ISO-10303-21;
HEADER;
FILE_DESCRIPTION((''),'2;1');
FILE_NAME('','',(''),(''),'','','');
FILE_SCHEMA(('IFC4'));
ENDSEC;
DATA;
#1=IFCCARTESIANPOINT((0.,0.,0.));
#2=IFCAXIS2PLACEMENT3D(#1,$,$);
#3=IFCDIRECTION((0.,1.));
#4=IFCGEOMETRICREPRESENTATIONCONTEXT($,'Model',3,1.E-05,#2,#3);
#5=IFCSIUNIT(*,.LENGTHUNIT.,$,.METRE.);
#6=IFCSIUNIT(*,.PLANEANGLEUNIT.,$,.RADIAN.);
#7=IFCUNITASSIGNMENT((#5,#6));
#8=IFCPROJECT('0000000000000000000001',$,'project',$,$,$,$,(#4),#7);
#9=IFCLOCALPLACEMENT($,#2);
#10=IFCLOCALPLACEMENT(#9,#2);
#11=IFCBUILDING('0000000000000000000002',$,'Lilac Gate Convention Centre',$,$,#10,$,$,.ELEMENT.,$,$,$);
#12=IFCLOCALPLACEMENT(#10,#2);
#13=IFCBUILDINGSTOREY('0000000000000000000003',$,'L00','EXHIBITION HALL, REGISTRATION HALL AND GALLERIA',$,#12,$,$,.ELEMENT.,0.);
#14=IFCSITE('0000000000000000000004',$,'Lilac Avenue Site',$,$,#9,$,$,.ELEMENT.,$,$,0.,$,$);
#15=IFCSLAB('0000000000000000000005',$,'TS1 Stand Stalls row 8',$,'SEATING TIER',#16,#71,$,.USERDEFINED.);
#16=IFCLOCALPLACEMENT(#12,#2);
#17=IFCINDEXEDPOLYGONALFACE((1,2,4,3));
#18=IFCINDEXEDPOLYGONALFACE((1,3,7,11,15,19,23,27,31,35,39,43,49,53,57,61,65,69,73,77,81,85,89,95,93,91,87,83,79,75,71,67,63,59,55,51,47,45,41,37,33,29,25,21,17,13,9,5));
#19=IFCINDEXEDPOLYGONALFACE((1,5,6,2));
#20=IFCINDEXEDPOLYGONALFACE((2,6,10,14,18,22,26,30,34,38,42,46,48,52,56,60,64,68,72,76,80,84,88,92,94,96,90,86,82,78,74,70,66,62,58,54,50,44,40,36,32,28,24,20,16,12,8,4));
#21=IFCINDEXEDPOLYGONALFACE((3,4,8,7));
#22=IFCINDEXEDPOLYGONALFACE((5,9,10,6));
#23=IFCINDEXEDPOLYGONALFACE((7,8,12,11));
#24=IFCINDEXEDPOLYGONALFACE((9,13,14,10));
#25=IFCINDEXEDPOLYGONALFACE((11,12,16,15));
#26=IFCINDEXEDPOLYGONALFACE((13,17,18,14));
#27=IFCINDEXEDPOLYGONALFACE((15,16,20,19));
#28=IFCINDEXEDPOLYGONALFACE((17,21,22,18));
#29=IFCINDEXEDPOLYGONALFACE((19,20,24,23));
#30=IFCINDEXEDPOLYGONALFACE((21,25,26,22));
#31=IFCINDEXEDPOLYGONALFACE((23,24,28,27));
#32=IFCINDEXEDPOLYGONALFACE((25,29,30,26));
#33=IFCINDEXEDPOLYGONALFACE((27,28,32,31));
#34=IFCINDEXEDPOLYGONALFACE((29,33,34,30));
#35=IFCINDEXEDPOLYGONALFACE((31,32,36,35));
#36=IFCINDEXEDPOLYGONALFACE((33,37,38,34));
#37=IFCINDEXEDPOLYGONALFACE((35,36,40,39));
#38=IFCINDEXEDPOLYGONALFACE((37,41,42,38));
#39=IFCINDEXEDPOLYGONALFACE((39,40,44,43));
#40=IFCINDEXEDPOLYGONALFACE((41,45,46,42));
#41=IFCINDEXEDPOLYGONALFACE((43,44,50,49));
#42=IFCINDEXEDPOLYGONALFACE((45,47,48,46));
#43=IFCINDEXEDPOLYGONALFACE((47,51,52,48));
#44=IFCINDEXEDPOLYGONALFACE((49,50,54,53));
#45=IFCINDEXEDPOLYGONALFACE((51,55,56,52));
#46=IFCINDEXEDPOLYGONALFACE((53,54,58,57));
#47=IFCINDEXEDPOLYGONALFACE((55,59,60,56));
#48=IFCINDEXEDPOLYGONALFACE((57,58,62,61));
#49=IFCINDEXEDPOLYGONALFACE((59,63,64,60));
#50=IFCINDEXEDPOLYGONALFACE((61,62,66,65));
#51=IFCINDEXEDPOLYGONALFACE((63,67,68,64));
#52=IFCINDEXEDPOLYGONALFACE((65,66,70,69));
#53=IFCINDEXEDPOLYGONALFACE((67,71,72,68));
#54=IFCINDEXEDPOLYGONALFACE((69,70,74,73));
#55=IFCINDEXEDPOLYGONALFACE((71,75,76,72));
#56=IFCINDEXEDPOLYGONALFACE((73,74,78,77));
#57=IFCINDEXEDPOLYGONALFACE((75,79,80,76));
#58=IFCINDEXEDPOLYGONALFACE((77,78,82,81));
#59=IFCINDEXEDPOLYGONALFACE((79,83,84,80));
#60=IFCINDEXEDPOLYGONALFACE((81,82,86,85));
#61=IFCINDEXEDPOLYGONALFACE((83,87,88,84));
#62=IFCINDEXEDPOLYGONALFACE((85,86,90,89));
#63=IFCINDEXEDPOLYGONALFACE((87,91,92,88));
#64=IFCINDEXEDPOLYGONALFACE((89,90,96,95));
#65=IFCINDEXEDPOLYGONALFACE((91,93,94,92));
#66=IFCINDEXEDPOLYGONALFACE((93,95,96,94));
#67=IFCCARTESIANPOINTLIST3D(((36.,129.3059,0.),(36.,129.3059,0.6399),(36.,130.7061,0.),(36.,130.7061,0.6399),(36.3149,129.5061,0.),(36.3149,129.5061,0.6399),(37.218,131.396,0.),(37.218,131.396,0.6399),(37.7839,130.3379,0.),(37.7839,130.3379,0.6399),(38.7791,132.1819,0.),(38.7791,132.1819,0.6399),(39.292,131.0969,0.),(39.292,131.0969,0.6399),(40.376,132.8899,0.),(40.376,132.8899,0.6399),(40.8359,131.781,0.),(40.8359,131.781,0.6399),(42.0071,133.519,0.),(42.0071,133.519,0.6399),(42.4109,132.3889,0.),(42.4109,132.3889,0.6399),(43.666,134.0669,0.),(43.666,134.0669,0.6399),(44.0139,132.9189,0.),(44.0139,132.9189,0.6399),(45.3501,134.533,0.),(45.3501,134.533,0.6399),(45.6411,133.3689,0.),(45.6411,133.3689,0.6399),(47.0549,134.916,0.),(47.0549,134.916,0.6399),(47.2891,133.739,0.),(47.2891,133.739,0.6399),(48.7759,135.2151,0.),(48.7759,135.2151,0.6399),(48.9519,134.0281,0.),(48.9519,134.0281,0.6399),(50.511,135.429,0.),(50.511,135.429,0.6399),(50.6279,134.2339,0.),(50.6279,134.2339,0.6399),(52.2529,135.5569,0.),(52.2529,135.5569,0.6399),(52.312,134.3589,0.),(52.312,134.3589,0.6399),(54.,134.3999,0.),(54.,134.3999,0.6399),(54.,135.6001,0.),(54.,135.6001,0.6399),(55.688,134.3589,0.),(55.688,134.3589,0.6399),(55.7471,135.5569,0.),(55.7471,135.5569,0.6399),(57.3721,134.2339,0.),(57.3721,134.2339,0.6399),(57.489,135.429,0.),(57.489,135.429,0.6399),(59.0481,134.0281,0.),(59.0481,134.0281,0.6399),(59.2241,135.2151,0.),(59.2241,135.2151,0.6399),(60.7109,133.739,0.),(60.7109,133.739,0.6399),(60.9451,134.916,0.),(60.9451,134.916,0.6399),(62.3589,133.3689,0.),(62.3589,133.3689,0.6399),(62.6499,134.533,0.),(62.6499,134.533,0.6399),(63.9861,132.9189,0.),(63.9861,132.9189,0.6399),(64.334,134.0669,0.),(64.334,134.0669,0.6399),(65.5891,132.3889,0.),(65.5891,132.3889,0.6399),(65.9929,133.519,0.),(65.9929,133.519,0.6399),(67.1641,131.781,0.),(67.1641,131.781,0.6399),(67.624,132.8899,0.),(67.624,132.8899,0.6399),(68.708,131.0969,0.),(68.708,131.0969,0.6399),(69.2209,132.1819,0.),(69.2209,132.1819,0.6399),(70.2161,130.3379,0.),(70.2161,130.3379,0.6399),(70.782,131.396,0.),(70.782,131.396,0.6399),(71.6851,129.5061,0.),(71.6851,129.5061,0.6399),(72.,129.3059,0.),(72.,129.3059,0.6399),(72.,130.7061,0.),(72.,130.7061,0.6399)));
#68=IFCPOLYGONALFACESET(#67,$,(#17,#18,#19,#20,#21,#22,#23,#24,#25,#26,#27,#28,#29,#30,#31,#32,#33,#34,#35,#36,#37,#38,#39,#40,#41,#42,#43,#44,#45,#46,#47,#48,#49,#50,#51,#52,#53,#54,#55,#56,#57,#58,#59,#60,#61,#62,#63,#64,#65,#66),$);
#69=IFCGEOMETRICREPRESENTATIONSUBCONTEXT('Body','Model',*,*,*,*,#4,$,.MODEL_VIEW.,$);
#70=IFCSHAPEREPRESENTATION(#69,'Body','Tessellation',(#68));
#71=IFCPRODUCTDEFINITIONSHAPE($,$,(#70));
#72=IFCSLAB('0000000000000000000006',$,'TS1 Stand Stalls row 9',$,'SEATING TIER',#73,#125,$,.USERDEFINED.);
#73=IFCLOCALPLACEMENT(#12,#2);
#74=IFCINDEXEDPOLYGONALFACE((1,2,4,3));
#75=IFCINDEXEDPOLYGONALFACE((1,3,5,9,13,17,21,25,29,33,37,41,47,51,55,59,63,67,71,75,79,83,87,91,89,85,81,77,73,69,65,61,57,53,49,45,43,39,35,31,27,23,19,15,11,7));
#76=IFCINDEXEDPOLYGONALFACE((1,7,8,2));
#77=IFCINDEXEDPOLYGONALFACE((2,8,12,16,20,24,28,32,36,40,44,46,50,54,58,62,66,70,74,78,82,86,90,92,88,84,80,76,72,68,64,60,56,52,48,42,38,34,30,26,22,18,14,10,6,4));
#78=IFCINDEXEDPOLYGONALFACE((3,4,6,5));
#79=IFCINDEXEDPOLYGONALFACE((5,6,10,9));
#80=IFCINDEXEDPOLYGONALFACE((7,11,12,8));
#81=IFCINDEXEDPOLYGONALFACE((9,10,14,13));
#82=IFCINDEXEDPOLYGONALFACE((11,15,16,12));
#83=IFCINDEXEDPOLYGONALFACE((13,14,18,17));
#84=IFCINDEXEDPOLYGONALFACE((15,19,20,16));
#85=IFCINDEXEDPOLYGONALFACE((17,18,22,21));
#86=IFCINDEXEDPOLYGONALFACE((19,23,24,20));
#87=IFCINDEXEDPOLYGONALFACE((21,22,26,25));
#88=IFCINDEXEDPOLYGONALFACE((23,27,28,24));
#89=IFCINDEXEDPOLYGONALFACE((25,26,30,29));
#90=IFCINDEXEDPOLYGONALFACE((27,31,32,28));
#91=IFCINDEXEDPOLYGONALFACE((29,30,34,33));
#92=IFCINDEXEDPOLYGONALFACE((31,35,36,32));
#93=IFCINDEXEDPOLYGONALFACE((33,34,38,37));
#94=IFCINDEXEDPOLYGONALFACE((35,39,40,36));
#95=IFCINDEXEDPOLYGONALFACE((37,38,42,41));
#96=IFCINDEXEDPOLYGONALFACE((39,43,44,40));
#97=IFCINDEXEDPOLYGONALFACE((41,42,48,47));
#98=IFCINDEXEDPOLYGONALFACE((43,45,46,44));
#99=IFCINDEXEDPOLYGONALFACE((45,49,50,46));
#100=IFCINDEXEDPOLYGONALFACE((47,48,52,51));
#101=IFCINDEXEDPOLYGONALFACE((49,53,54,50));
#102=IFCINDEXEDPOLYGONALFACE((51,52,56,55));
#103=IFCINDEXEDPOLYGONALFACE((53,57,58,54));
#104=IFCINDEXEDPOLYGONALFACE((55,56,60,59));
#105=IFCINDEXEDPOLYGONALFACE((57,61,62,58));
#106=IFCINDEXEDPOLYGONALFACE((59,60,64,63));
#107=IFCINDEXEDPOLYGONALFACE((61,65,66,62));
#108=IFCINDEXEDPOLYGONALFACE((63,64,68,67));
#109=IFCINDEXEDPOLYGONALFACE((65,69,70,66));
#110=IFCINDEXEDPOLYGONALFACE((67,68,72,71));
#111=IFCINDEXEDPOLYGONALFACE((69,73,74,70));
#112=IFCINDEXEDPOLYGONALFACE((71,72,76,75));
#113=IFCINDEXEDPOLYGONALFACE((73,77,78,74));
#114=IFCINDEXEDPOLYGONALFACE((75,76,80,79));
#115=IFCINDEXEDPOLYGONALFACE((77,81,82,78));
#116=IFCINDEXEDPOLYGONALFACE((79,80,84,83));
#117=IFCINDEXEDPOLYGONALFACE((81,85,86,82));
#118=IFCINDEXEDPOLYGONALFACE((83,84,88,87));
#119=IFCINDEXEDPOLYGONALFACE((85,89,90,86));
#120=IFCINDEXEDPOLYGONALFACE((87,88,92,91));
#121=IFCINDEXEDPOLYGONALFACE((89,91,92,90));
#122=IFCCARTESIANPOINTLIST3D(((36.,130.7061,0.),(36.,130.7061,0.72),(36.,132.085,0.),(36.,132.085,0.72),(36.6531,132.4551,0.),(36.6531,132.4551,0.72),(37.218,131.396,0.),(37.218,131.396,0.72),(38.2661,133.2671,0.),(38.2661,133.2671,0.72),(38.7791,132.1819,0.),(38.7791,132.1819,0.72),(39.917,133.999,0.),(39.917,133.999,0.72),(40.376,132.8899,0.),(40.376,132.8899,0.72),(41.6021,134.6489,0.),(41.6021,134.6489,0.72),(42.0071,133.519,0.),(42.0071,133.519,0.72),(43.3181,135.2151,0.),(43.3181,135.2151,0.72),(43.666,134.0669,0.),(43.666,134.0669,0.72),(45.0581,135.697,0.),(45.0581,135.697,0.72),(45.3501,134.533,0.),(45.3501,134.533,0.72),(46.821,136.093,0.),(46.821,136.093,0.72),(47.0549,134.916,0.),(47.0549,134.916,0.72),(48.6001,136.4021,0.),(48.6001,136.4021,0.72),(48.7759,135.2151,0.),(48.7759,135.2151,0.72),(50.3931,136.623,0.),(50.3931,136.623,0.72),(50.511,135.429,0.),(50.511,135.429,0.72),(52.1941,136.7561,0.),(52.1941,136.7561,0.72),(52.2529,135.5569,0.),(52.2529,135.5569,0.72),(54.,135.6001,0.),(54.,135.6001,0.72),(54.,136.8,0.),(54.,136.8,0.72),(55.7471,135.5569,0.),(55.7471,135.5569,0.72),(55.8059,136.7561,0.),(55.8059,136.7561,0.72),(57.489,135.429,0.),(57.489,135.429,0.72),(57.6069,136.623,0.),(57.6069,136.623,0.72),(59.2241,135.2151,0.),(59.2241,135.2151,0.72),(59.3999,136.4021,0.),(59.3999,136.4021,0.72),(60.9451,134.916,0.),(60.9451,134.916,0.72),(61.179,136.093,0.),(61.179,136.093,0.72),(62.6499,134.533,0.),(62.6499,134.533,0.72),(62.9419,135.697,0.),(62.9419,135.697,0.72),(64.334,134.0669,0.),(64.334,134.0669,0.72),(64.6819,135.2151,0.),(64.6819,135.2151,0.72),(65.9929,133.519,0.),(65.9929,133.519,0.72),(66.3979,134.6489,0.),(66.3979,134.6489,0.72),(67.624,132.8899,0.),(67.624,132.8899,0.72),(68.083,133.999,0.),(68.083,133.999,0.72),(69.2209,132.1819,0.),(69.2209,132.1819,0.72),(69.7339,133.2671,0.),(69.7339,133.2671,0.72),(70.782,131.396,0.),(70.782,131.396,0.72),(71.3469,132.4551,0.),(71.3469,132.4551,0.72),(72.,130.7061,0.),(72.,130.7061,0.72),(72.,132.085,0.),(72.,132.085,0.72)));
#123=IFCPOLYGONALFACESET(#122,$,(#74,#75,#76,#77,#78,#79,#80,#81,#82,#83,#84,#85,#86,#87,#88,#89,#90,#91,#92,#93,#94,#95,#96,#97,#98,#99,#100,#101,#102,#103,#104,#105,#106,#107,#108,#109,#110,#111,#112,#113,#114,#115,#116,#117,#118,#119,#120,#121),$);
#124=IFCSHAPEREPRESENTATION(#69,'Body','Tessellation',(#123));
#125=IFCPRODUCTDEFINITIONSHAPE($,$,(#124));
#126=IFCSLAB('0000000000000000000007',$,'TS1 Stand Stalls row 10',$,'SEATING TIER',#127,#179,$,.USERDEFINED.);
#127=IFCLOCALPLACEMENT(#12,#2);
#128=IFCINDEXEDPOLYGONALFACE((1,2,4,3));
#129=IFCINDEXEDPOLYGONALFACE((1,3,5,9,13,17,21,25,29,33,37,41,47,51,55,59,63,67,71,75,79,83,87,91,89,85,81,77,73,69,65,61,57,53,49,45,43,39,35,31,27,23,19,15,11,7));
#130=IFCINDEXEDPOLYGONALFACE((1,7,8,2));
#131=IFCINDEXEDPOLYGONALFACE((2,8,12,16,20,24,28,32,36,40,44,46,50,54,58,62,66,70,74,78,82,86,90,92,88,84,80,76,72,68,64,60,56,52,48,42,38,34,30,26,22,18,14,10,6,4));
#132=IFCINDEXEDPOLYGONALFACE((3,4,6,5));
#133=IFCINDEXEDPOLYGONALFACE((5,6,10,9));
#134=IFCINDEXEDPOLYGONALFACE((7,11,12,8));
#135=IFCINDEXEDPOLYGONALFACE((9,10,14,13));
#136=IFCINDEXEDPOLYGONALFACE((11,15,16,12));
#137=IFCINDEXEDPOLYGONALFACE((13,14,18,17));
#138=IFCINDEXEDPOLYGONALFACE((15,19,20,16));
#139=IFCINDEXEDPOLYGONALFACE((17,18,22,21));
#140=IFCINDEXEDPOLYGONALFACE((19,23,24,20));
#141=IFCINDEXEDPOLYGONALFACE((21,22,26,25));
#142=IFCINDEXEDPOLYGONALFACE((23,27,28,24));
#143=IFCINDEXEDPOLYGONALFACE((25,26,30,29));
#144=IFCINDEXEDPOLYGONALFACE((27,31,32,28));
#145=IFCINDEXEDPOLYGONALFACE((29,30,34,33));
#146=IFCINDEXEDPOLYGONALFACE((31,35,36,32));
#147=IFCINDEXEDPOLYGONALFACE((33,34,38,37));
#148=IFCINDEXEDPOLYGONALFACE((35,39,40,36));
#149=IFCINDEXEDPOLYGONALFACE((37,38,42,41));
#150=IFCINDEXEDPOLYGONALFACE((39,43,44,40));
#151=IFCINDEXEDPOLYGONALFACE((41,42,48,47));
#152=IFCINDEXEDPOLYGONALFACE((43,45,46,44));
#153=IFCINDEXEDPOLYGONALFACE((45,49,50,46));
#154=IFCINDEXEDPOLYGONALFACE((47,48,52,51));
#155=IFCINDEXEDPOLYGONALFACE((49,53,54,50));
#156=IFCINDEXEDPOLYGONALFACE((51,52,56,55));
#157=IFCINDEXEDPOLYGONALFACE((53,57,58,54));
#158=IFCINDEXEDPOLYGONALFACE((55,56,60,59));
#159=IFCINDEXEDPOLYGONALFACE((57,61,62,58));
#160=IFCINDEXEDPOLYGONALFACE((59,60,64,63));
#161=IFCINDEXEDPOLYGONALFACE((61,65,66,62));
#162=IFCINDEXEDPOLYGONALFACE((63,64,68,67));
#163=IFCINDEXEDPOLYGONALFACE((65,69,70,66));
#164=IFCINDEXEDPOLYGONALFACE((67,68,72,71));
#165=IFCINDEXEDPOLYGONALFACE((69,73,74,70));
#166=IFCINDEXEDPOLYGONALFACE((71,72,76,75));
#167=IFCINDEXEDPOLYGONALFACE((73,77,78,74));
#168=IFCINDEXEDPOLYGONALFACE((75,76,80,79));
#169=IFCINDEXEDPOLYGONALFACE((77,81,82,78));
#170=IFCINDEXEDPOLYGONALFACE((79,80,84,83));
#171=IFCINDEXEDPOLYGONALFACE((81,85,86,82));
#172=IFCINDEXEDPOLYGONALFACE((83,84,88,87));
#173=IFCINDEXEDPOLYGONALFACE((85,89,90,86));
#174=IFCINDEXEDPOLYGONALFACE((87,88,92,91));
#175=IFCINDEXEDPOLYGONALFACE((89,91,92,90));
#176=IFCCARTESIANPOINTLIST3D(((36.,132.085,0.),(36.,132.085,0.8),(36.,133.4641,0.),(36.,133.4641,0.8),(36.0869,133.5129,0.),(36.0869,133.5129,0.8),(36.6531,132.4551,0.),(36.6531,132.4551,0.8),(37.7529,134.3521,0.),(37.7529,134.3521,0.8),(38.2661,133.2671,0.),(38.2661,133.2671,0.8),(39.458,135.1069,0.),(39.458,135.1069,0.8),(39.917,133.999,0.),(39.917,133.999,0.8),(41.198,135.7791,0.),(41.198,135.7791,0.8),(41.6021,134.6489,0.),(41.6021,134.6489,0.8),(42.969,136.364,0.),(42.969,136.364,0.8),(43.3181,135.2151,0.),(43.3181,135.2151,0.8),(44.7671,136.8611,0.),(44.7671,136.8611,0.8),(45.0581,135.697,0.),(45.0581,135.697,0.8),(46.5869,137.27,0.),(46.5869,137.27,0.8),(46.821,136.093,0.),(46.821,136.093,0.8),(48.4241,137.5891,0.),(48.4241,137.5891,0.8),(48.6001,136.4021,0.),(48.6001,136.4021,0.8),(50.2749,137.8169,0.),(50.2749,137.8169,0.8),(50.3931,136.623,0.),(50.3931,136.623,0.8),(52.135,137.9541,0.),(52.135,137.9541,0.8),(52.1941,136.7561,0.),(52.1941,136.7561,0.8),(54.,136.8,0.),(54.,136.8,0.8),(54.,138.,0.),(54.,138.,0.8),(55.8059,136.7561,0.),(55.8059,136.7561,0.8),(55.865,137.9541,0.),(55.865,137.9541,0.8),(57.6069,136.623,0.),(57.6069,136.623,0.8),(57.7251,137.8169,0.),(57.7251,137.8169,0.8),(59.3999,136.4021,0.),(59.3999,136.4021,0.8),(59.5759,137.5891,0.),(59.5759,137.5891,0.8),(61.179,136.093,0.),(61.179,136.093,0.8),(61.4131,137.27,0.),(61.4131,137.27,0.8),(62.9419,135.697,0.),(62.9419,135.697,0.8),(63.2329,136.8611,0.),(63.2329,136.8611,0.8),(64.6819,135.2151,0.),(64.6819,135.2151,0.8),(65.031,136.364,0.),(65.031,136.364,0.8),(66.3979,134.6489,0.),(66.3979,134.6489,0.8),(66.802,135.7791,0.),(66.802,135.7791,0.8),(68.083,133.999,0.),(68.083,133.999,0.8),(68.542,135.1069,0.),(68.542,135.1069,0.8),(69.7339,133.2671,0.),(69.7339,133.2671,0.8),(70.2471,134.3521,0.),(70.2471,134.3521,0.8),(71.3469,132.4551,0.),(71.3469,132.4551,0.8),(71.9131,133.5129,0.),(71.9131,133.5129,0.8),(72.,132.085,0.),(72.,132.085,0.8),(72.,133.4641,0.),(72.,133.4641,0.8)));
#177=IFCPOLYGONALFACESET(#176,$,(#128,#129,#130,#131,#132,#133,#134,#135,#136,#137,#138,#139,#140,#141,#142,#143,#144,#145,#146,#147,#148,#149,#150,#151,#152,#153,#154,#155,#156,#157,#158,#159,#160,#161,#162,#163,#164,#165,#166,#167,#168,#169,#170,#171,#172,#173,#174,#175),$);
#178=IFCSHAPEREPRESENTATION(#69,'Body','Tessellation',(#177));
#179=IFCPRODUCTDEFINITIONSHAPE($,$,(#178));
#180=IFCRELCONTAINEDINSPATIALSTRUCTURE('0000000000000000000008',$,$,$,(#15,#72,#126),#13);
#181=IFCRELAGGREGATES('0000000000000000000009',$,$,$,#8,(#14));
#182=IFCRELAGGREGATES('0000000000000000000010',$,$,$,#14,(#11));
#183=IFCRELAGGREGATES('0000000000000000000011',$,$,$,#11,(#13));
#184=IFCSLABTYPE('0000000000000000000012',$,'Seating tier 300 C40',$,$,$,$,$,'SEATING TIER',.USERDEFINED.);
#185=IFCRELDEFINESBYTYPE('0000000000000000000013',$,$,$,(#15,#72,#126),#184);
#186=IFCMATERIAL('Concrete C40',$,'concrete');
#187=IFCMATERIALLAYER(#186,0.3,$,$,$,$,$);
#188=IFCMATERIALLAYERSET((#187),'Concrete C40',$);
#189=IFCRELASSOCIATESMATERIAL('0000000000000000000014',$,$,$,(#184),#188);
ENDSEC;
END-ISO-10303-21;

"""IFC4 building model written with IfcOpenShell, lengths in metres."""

from ifc_helpers import new_model, si_unit, direction, origin, place, context, subcontext, project, spatial, polyline, outline, extrude, material, layer, layer_set, type_object, element, save


model = new_model("IFC4")

# Units and contexts
model_context = context("Model", 3, precision=1e-05, world=origin(), true_north=direction((0.0, 1.0)))
body_context = subcontext(model_context, "Body", "Model", "MODEL_VIEW")
ifc_project = project(units=[si_unit("LENGTHUNIT", "METRE"), si_unit("PLANEANGLEUNIT", "RADIAN")], contexts=[model_context])

# Site, building, storey
site_placement = place(None, origin())
site = spatial("IfcSite", under=ifc_project, at=site_placement, Name="Lilac Avenue Site", CompositionType="ELEMENT", RefElevation=0.0)
building_placement = place(site_placement, origin())
building = spatial("IfcBuilding", under=site, at=building_placement, Name="Lilac Gate Convention Centre", CompositionType="ELEMENT")
storey_placement = place(building_placement, origin())
storey = spatial("IfcBuildingStorey", under=building, at=storey_placement, Name="L00", Description="EXHIBITION HALL, REGISTRATION HALL AND GALLERIA", CompositionType="ELEMENT", Elevation=0.0)

# Slabs
ifc_material_1 = material(Name="Concrete C40", Category="concrete")
ifc_layer_1 = layer(ifc_material_1, 0.3)
ifc_layer_set_1 = layer_set([ifc_layer_1], Name="Concrete C40")
slab_type_1 = type_object("IfcSlabType", Name="Seating tier 300 C40", ElementType="SEATING TIER", PredefinedType="USERDEFINED", material=ifc_layer_set_1)
slab_1_placement = place(storey_placement, origin())
element("IfcSlab", 1, at=slab_1_placement, inside=storey, type_object=slab_type_1, Name="TS1 Stand Stalls row 8", ObjectType="SEATING TIER", PredefinedType="USERDEFINED", context=body_context, shape_type="SweptSolid", body=[
    extrude(outline(polyline([(37.218, 131.396), (38.7791, 132.1819), (40.376, 132.8899), (42.0071, 133.519), (43.666, 134.0669), (45.3501, 134.533), (47.0549, 134.916), (48.7759, 135.2151), (50.511, 135.429), (52.2529, 135.5569), (54.0, 135.6001), (55.7471, 135.5569), (57.489, 135.429), (59.2241, 135.2151), (60.9451, 134.916), (62.6499, 134.533), (64.334, 134.0669), (65.9929, 133.519), (67.624, 132.8899), (69.2209, 132.1819), (70.782, 131.396), (72.0, 130.7061), (72.0, 129.3059), (71.6851, 129.5061), (70.2161, 130.3379), (68.708, 131.0969), (67.1641, 131.781), (65.5891, 132.3889), (63.9861, 132.9189), (62.3589, 133.3689), (60.7109, 133.739), (59.0481, 134.0281), (57.3721, 134.2339), (55.688, 134.3589), (54.0, 134.3999), (52.312, 134.3589), (50.6279, 134.2339), (48.9519, 134.0281), (47.2891, 133.739), (45.6411, 133.3689), (44.0139, 132.9189), (42.4109, 132.3889), (40.8359, 131.781), (39.292, 131.0969), (37.7839, 130.3379), (36.3149, 129.5061), (36.0, 129.3059), (36.0, 130.7061), (37.218, 131.396)])), origin(), (0.0, 0.0, 1.0), 0.6399),
])
slab_2_placement = place(storey_placement, origin())
element("IfcSlab", 2, at=slab_2_placement, inside=storey, type_object=slab_type_1, Name="TS1 Stand Stalls row 9", ObjectType="SEATING TIER", PredefinedType="USERDEFINED", context=body_context, shape_type="SweptSolid", body=[
    extrude(outline(polyline([(36.6531, 132.4551), (38.2661, 133.2671), (39.917, 133.999), (41.6021, 134.6489), (43.3181, 135.2151), (45.0581, 135.697), (46.821, 136.093), (48.6001, 136.4021), (50.3931, 136.623), (52.1941, 136.7561), (54.0, 136.8), (55.8059, 136.7561), (57.6069, 136.623), (59.3999, 136.4021), (61.179, 136.093), (62.9419, 135.697), (64.6819, 135.2151), (66.3979, 134.6489), (68.083, 133.999), (69.7339, 133.2671), (71.3469, 132.4551), (72.0, 132.085), (72.0, 130.7061), (70.782, 131.396), (69.2209, 132.1819), (67.624, 132.8899), (65.9929, 133.519), (64.334, 134.0669), (62.6499, 134.533), (60.9451, 134.916), (59.2241, 135.2151), (57.489, 135.429), (55.7471, 135.5569), (54.0, 135.6001), (52.2529, 135.5569), (50.511, 135.429), (48.7759, 135.2151), (47.0549, 134.916), (45.3501, 134.533), (43.666, 134.0669), (42.0071, 133.519), (40.376, 132.8899), (38.7791, 132.1819), (37.218, 131.396), (36.0, 130.7061), (36.0, 132.085), (36.6531, 132.4551)])), origin(), (0.0, 0.0, 1.0), 0.72),
])
slab_3_placement = place(storey_placement, origin())
element("IfcSlab", 3, at=slab_3_placement, inside=storey, type_object=slab_type_1, Name="TS1 Stand Stalls row 10", ObjectType="SEATING TIER", PredefinedType="USERDEFINED", context=body_context, shape_type="SweptSolid", body=[
    extrude(outline(polyline([(36.0869, 133.5129), (37.7529, 134.3521), (39.458, 135.1069), (41.198, 135.7791), (42.969, 136.364), (44.7671, 136.8611), (46.5869, 137.27), (48.4241, 137.5891), (50.2749, 137.8169), (52.135, 137.9541), (54.0, 138.0), (55.865, 137.9541), (57.7251, 137.8169), (59.5759, 137.5891), (61.4131, 137.27), (63.2329, 136.8611), (65.031, 136.364), (66.802, 135.7791), (68.542, 135.1069), (70.2471, 134.3521), (71.9131, 133.5129), (72.0, 133.4641), (72.0, 132.085), (71.3469, 132.4551), (69.7339, 133.2671), (68.083, 133.999), (66.3979, 134.6489), (64.6819, 135.2151), (62.9419, 135.697), (61.179, 136.093), (59.3999, 136.4021), (57.6069, 136.623), (55.8059, 136.7561), (54.0, 136.8), (52.1941, 136.7561), (50.3931, 136.623), (48.6001, 136.4021), (46.821, 136.093), (45.0581, 135.697), (43.3181, 135.2151), (41.6021, 134.6489), (39.917, 133.999), (38.2661, 133.2671), (36.6531, 132.4551), (36.0, 132.085), (36.0, 133.4641), (36.0869, 133.5129)])), origin(), (0.0, 0.0, 1.0), 0.8),
])

save(model, "model.ifc")
